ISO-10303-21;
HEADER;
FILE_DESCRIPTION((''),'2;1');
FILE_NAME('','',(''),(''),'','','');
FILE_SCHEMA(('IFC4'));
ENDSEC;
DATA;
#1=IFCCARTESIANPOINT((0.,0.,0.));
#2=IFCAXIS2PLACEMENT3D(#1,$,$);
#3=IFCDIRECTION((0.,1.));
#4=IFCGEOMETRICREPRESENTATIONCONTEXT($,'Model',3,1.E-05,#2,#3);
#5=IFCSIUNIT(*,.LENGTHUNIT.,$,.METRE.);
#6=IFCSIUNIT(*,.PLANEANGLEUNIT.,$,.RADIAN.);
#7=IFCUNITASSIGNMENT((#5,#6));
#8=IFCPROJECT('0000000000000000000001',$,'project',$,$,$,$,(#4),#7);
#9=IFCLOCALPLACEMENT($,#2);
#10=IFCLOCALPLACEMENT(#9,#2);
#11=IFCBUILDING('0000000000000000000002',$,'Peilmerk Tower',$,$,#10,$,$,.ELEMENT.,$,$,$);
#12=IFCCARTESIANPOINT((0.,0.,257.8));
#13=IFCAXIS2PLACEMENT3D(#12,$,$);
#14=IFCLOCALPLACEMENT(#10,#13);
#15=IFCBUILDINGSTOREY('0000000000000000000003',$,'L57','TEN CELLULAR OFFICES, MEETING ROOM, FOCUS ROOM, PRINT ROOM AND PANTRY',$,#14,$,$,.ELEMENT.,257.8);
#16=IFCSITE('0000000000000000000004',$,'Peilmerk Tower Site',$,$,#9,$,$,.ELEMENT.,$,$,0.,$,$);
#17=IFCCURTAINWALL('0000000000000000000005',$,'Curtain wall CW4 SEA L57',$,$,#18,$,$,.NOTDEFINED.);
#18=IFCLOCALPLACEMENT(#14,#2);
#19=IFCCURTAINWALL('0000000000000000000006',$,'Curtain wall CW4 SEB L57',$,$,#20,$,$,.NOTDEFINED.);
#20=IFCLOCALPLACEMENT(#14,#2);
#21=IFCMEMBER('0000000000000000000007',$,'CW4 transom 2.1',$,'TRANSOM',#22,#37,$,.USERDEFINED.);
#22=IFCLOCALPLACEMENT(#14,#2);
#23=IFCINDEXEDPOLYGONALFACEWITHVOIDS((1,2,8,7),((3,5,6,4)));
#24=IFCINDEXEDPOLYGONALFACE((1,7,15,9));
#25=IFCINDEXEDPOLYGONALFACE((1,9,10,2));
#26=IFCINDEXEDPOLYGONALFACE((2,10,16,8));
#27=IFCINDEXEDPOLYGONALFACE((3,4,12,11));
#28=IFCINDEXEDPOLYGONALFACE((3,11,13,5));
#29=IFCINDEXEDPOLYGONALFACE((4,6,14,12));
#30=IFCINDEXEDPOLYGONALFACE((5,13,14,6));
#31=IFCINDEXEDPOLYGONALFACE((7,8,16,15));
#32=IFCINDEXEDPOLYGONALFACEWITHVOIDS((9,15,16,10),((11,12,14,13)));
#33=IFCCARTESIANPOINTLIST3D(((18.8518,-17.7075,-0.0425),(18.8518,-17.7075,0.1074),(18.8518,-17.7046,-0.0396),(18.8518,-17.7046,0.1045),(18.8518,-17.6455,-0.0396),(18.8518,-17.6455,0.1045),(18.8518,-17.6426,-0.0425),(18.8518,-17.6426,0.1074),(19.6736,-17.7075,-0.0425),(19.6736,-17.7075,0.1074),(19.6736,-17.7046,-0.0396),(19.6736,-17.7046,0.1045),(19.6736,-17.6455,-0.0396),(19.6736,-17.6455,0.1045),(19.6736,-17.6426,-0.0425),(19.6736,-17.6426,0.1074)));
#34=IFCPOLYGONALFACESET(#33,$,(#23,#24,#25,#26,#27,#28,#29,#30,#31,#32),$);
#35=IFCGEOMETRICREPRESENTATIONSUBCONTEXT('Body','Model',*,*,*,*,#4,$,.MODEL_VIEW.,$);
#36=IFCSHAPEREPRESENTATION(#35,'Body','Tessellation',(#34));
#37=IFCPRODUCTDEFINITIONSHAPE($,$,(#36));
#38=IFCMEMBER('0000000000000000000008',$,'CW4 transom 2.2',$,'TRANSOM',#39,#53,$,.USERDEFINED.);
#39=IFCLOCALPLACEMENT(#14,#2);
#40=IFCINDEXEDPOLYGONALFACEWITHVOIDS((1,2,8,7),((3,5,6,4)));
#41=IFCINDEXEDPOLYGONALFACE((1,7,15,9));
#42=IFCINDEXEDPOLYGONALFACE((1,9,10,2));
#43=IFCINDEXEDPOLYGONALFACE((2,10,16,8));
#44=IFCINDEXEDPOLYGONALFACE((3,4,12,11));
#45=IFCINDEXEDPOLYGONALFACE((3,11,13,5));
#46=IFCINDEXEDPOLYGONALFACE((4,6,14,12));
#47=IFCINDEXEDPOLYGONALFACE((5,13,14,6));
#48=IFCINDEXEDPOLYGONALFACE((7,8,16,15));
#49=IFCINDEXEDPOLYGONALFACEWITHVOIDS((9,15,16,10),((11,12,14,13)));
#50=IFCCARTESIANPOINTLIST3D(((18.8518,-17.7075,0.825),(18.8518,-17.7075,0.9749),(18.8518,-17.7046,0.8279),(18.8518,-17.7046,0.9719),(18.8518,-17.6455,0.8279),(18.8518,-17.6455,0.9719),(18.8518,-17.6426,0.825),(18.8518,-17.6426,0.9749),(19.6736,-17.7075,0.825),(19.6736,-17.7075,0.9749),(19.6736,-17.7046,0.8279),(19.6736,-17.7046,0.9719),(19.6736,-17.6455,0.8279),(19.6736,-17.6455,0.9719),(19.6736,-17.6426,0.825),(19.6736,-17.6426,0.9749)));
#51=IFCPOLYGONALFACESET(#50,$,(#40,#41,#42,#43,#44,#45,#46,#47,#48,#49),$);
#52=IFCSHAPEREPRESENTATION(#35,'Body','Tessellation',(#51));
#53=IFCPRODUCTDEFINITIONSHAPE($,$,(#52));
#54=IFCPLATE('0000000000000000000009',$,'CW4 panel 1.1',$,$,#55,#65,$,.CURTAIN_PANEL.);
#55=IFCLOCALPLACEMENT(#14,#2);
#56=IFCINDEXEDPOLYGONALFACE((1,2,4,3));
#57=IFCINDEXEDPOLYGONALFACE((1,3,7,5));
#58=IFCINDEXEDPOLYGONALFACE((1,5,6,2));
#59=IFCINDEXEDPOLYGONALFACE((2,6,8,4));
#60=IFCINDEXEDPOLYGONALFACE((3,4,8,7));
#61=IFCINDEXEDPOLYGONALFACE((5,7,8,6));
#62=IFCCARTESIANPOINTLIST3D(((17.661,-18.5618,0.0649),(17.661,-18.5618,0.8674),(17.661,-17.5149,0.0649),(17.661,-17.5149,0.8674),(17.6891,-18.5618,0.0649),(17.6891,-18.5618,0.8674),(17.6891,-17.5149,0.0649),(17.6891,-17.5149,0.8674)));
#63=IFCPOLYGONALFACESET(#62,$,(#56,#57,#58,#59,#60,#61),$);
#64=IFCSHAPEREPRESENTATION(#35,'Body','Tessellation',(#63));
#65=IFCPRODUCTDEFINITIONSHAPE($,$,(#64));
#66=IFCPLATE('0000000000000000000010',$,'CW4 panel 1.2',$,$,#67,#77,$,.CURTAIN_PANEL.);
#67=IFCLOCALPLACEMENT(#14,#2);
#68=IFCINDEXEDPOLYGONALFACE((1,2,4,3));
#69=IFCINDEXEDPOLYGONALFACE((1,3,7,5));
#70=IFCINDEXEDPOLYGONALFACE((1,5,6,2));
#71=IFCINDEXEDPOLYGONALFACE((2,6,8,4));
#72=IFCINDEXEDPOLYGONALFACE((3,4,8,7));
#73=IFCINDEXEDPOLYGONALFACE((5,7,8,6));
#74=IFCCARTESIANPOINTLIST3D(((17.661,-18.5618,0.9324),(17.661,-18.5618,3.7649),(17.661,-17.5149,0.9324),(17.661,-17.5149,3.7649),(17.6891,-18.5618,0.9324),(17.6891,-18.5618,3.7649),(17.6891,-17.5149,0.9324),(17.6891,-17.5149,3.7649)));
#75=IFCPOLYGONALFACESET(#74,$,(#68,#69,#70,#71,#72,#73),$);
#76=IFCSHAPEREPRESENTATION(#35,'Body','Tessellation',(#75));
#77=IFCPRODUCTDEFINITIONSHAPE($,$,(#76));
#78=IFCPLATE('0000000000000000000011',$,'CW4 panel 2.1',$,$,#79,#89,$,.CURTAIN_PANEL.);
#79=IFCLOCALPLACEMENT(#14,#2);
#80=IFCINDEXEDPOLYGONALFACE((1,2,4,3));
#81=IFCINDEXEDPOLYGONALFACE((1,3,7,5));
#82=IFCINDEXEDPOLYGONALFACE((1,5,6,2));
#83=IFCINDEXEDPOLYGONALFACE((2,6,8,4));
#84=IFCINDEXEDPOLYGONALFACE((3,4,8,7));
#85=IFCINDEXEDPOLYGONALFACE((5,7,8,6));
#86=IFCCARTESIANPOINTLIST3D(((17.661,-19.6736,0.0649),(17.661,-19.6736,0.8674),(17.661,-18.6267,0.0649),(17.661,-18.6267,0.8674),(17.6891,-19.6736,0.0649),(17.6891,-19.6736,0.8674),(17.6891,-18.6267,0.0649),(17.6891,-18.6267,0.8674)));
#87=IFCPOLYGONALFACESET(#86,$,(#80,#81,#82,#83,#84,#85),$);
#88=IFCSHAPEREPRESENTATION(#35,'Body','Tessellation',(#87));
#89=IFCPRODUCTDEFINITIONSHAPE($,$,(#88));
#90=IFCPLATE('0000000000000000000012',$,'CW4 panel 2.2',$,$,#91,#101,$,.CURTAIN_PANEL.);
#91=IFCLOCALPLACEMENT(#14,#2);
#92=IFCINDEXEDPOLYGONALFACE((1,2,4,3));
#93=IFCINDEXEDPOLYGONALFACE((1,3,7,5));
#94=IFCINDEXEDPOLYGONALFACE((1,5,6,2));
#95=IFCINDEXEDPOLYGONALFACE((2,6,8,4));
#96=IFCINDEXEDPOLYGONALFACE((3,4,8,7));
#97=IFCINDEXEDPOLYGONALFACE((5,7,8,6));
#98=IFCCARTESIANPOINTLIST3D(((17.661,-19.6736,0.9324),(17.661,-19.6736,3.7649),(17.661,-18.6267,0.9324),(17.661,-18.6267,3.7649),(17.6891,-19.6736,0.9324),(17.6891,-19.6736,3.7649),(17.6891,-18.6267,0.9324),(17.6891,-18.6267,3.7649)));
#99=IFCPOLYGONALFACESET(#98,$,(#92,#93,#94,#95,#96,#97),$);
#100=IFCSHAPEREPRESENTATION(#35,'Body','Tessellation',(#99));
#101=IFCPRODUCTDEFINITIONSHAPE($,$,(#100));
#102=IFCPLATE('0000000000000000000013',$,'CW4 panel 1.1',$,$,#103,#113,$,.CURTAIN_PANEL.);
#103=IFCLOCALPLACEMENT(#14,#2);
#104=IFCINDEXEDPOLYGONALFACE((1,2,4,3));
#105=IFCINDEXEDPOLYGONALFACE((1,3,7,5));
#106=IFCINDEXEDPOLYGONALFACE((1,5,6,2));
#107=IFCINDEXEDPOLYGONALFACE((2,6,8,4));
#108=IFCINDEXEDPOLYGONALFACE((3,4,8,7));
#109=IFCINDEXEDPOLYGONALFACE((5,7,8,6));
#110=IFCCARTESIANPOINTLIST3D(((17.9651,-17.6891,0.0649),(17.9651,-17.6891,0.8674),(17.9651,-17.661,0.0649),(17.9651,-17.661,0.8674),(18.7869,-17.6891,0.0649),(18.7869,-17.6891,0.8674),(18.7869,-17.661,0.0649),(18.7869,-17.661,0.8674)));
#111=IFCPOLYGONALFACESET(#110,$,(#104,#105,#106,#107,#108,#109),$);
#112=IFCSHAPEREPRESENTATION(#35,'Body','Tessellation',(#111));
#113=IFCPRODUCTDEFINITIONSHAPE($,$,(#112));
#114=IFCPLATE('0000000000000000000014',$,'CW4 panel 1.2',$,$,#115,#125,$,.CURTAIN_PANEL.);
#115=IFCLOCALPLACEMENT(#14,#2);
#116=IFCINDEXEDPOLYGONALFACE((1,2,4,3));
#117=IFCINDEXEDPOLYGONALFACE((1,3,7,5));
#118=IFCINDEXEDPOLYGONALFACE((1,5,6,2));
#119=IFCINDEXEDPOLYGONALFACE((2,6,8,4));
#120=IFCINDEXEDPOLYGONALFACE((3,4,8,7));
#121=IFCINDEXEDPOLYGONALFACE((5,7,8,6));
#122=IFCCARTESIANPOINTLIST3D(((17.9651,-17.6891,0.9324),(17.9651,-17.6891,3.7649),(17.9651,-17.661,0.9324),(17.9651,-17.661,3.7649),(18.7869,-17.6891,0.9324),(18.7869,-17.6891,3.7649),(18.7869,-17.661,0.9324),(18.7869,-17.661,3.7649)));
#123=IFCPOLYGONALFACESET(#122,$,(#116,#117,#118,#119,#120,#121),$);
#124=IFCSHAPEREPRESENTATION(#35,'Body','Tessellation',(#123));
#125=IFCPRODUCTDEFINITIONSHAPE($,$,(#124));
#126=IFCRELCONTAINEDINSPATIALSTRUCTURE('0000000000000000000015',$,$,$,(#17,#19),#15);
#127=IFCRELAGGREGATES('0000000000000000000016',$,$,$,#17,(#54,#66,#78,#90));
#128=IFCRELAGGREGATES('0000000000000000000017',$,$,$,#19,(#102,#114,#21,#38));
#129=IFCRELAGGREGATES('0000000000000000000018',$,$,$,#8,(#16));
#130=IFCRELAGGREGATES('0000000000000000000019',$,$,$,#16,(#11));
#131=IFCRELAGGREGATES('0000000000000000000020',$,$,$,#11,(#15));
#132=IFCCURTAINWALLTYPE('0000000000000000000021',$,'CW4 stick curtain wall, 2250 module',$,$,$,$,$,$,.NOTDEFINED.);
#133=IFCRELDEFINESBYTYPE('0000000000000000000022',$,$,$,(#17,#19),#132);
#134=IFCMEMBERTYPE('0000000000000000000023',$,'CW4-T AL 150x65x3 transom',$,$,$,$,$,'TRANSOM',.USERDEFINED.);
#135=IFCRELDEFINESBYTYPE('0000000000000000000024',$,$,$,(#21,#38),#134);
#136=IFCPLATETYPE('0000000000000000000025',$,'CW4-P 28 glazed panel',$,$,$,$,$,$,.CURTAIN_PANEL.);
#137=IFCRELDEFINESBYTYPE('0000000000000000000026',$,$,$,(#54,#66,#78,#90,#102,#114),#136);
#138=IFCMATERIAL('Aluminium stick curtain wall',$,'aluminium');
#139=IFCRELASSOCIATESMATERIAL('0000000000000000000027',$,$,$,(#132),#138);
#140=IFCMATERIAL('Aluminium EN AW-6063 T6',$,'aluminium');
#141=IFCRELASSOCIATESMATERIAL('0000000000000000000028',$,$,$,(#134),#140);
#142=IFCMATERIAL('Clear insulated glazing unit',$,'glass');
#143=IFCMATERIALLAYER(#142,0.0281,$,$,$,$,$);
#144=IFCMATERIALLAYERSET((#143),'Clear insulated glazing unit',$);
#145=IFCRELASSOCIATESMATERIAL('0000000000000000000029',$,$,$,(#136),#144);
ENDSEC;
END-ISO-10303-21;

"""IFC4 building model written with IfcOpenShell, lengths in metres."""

from ifc_helpers import new_model, si_unit, direction, frame, origin, origin_2d, place, context, subcontext, project, spatial, rectangle, hollow_rectangle, extrude, material, layer, layer_set, material_profile, profile_set, type_object, element, aggregate, save


model = new_model("IFC4")

# Units and contexts
model_context = context("Model", 3, precision=1e-05, world=origin(), true_north=direction((0.0, 1.0)))
body_context = subcontext(model_context, "Body", "Model", "MODEL_VIEW")
ifc_project = project(units=[si_unit("LENGTHUNIT", "METRE"), si_unit("PLANEANGLEUNIT", "RADIAN")], contexts=[model_context])

# Site, building, storey
site_placement = place(None, origin())
site = spatial("IfcSite", under=ifc_project, at=site_placement, Name="Peilmerk Tower Site", CompositionType="ELEMENT", RefElevation=0.0)
building_placement = place(site_placement, origin())
building = spatial("IfcBuilding", under=site, at=building_placement, Name="Peilmerk Tower", CompositionType="ELEMENT")
storey_placement = place(building_placement, frame((0.0, 0.0, 257.8)))
storey = spatial("IfcBuildingStorey", under=building, at=storey_placement, Name="L57", Description="TEN CELLULAR OFFICES, MEETING ROOM, FOCUS ROOM, PRINT ROOM AND PANTRY", CompositionType="ELEMENT", Elevation=257.8)

# Curtain walls
ifc_material_1 = material(Name="Aluminium stick curtain wall", Category="aluminium")
curtain_wall_type = type_object("IfcCurtainWallType", Name="CW4 stick curtain wall, 2250 module", PredefinedType="NOTDEFINED", material=ifc_material_1)
curtain_wall_1_placement = place(storey_placement, origin())
curtain_wall_1 = element("IfcCurtainWall", 1, at=curtain_wall_1_placement, inside=storey, type_object=curtain_wall_type, Name="Curtain wall CW4 SEA L57", PredefinedType="NOTDEFINED")
ifc_material_2 = material(Name="Aluminium EN AW-6063 T6", Category="aluminium")
curtain_wall_2_placement = place(storey_placement, origin())
curtain_wall_2 = element("IfcCurtainWall", 2, at=curtain_wall_2_placement, inside=storey, type_object=curtain_wall_type, Name="Curtain wall CW4 SEB L57", PredefinedType="NOTDEFINED")

# Members
ifc_material_profile_1 = material_profile(ifc_material_2, hollow_rectangle(XDim=0.0649, YDim=0.1499, WallThickness=0.0029, at=origin_2d()), Name="AL 150x65x3")
ifc_profile_set_1 = profile_set([ifc_material_profile_1], Name="Aluminium EN AW-6063 T6")
member_type_1 = type_object("IfcMemberType", Name="CW4-T AL 150x65x3 transom", ElementType="TRANSOM", PredefinedType="USERDEFINED", material=ifc_profile_set_1)
member_1_placement = place(storey_placement, frame((18.8518, -17.675, 0.0325), z_axis=(1.0, 0.0, 0.0), x_axis=(0.0, 1.0, 0.0)))
member_1 = element("IfcMember", 3, at=member_1_placement, type_object=member_type_1, Name="CW4 transom 2.1", ObjectType="TRANSOM", PredefinedType="USERDEFINED", context=body_context, shape_type="SweptSolid", body=[
    extrude(hollow_rectangle(XDim=0.0649, YDim=0.1499, WallThickness=0.0029, at=origin_2d()), origin(), (0.0, 0.0, 1.0), 0.8218),
])
member_2_placement = place(storey_placement, frame((18.8518, -17.675, 0.8999), z_axis=(1.0, 0.0, 0.0), x_axis=(0.0, 1.0, 0.0)))
member_2 = element("IfcMember", 4, at=member_2_placement, type_object=member_type_1, Name="CW4 transom 2.2", ObjectType="TRANSOM", PredefinedType="USERDEFINED", context=body_context, shape_type="SweptSolid", body=[
    extrude(hollow_rectangle(XDim=0.0649, YDim=0.1499, WallThickness=0.0029, at=origin_2d()), origin(), (0.0, 0.0, 1.0), 0.8218),
])

# Plates
ifc_material_3 = material(Name="Clear insulated glazing unit", Category="glass")
ifc_layer_1 = layer(ifc_material_3, 0.0281)
ifc_layer_set_1 = layer_set([ifc_layer_1], Name="Clear insulated glazing unit")
plate_type = type_object("IfcPlateType", Name="CW4-P 28 glazed panel", PredefinedType="CURTAIN_PANEL", material=ifc_layer_set_1)
plate_1_placement = place(storey_placement, frame((17.675, -18.0383, 0.0649), z_axis=(0.0, 0.0, 1.0), x_axis=(0.0, -1.0, 0.0)))
plate_1 = element("IfcPlate", 5, at=plate_1_placement, type_object=plate_type, Name="CW4 panel 1.1", PredefinedType="CURTAIN_PANEL", context=body_context, shape_type="SweptSolid", body=[
    extrude(rectangle(XDim=1.0469, YDim=0.0281, at=origin_2d()), origin(), (0.0, 0.0, 1.0), 0.8025),
])
plate_2_placement = place(storey_placement, frame((17.675, -18.0383, 0.9324), z_axis=(0.0, 0.0, 1.0), x_axis=(0.0, -1.0, 0.0)))
plate_2 = element("IfcPlate", 6, at=plate_2_placement, type_object=plate_type, Name="CW4 panel 1.2", PredefinedType="CURTAIN_PANEL", context=body_context, shape_type="SweptSolid", body=[
    extrude(rectangle(XDim=1.0469, YDim=0.0281, at=origin_2d()), origin(), (0.0, 0.0, 1.0), 2.8325),
])
plate_3_placement = place(storey_placement, frame((17.675, -19.1501, 0.0649), z_axis=(0.0, 0.0, 1.0), x_axis=(0.0, -1.0, 0.0)))
plate_3 = element("IfcPlate", 7, at=plate_3_placement, type_object=plate_type, Name="CW4 panel 2.1", PredefinedType="CURTAIN_PANEL", context=body_context, shape_type="SweptSolid", body=[
    extrude(rectangle(XDim=1.0469, YDim=0.0281, at=origin_2d()), origin(), (0.0, 0.0, 1.0), 0.8025),
])
plate_4_placement = place(storey_placement, frame((17.675, -19.1501, 0.9324), z_axis=(0.0, 0.0, 1.0), x_axis=(0.0, -1.0, 0.0)))
plate_4 = element("IfcPlate", 8, at=plate_4_placement, type_object=plate_type, Name="CW4 panel 2.2", PredefinedType="CURTAIN_PANEL", context=body_context, shape_type="SweptSolid", body=[
    extrude(rectangle(XDim=1.0469, YDim=0.0281, at=origin_2d()), origin(), (0.0, 0.0, 1.0), 2.8325),
])
aggregate(curtain_wall_1, [plate_1, plate_2, plate_3, plate_4])
plate_5_placement = place(storey_placement, frame((18.376, -17.675, 0.0649), z_axis=(0.0, 0.0, 1.0), x_axis=(1.0, 0.0, 0.0)))
plate_5 = element("IfcPlate", 9, at=plate_5_placement, type_object=plate_type, Name="CW4 panel 1.1", PredefinedType="CURTAIN_PANEL", context=body_context, shape_type="SweptSolid", body=[
    extrude(rectangle(XDim=0.8218, YDim=0.0281, at=origin_2d()), origin(), (0.0, 0.0, 1.0), 0.8025),
])
plate_6_placement = place(storey_placement, frame((18.376, -17.675, 0.9324), z_axis=(0.0, 0.0, 1.0), x_axis=(1.0, 0.0, 0.0)))
plate_6 = element("IfcPlate", 10, at=plate_6_placement, type_object=plate_type, Name="CW4 panel 1.2", PredefinedType="CURTAIN_PANEL", context=body_context, shape_type="SweptSolid", body=[
    extrude(rectangle(XDim=0.8218, YDim=0.0281, at=origin_2d()), origin(), (0.0, 0.0, 1.0), 2.8325),
])
aggregate(curtain_wall_2, [plate_5, plate_6, member_1, member_2])

save(model, "model.ifc")
